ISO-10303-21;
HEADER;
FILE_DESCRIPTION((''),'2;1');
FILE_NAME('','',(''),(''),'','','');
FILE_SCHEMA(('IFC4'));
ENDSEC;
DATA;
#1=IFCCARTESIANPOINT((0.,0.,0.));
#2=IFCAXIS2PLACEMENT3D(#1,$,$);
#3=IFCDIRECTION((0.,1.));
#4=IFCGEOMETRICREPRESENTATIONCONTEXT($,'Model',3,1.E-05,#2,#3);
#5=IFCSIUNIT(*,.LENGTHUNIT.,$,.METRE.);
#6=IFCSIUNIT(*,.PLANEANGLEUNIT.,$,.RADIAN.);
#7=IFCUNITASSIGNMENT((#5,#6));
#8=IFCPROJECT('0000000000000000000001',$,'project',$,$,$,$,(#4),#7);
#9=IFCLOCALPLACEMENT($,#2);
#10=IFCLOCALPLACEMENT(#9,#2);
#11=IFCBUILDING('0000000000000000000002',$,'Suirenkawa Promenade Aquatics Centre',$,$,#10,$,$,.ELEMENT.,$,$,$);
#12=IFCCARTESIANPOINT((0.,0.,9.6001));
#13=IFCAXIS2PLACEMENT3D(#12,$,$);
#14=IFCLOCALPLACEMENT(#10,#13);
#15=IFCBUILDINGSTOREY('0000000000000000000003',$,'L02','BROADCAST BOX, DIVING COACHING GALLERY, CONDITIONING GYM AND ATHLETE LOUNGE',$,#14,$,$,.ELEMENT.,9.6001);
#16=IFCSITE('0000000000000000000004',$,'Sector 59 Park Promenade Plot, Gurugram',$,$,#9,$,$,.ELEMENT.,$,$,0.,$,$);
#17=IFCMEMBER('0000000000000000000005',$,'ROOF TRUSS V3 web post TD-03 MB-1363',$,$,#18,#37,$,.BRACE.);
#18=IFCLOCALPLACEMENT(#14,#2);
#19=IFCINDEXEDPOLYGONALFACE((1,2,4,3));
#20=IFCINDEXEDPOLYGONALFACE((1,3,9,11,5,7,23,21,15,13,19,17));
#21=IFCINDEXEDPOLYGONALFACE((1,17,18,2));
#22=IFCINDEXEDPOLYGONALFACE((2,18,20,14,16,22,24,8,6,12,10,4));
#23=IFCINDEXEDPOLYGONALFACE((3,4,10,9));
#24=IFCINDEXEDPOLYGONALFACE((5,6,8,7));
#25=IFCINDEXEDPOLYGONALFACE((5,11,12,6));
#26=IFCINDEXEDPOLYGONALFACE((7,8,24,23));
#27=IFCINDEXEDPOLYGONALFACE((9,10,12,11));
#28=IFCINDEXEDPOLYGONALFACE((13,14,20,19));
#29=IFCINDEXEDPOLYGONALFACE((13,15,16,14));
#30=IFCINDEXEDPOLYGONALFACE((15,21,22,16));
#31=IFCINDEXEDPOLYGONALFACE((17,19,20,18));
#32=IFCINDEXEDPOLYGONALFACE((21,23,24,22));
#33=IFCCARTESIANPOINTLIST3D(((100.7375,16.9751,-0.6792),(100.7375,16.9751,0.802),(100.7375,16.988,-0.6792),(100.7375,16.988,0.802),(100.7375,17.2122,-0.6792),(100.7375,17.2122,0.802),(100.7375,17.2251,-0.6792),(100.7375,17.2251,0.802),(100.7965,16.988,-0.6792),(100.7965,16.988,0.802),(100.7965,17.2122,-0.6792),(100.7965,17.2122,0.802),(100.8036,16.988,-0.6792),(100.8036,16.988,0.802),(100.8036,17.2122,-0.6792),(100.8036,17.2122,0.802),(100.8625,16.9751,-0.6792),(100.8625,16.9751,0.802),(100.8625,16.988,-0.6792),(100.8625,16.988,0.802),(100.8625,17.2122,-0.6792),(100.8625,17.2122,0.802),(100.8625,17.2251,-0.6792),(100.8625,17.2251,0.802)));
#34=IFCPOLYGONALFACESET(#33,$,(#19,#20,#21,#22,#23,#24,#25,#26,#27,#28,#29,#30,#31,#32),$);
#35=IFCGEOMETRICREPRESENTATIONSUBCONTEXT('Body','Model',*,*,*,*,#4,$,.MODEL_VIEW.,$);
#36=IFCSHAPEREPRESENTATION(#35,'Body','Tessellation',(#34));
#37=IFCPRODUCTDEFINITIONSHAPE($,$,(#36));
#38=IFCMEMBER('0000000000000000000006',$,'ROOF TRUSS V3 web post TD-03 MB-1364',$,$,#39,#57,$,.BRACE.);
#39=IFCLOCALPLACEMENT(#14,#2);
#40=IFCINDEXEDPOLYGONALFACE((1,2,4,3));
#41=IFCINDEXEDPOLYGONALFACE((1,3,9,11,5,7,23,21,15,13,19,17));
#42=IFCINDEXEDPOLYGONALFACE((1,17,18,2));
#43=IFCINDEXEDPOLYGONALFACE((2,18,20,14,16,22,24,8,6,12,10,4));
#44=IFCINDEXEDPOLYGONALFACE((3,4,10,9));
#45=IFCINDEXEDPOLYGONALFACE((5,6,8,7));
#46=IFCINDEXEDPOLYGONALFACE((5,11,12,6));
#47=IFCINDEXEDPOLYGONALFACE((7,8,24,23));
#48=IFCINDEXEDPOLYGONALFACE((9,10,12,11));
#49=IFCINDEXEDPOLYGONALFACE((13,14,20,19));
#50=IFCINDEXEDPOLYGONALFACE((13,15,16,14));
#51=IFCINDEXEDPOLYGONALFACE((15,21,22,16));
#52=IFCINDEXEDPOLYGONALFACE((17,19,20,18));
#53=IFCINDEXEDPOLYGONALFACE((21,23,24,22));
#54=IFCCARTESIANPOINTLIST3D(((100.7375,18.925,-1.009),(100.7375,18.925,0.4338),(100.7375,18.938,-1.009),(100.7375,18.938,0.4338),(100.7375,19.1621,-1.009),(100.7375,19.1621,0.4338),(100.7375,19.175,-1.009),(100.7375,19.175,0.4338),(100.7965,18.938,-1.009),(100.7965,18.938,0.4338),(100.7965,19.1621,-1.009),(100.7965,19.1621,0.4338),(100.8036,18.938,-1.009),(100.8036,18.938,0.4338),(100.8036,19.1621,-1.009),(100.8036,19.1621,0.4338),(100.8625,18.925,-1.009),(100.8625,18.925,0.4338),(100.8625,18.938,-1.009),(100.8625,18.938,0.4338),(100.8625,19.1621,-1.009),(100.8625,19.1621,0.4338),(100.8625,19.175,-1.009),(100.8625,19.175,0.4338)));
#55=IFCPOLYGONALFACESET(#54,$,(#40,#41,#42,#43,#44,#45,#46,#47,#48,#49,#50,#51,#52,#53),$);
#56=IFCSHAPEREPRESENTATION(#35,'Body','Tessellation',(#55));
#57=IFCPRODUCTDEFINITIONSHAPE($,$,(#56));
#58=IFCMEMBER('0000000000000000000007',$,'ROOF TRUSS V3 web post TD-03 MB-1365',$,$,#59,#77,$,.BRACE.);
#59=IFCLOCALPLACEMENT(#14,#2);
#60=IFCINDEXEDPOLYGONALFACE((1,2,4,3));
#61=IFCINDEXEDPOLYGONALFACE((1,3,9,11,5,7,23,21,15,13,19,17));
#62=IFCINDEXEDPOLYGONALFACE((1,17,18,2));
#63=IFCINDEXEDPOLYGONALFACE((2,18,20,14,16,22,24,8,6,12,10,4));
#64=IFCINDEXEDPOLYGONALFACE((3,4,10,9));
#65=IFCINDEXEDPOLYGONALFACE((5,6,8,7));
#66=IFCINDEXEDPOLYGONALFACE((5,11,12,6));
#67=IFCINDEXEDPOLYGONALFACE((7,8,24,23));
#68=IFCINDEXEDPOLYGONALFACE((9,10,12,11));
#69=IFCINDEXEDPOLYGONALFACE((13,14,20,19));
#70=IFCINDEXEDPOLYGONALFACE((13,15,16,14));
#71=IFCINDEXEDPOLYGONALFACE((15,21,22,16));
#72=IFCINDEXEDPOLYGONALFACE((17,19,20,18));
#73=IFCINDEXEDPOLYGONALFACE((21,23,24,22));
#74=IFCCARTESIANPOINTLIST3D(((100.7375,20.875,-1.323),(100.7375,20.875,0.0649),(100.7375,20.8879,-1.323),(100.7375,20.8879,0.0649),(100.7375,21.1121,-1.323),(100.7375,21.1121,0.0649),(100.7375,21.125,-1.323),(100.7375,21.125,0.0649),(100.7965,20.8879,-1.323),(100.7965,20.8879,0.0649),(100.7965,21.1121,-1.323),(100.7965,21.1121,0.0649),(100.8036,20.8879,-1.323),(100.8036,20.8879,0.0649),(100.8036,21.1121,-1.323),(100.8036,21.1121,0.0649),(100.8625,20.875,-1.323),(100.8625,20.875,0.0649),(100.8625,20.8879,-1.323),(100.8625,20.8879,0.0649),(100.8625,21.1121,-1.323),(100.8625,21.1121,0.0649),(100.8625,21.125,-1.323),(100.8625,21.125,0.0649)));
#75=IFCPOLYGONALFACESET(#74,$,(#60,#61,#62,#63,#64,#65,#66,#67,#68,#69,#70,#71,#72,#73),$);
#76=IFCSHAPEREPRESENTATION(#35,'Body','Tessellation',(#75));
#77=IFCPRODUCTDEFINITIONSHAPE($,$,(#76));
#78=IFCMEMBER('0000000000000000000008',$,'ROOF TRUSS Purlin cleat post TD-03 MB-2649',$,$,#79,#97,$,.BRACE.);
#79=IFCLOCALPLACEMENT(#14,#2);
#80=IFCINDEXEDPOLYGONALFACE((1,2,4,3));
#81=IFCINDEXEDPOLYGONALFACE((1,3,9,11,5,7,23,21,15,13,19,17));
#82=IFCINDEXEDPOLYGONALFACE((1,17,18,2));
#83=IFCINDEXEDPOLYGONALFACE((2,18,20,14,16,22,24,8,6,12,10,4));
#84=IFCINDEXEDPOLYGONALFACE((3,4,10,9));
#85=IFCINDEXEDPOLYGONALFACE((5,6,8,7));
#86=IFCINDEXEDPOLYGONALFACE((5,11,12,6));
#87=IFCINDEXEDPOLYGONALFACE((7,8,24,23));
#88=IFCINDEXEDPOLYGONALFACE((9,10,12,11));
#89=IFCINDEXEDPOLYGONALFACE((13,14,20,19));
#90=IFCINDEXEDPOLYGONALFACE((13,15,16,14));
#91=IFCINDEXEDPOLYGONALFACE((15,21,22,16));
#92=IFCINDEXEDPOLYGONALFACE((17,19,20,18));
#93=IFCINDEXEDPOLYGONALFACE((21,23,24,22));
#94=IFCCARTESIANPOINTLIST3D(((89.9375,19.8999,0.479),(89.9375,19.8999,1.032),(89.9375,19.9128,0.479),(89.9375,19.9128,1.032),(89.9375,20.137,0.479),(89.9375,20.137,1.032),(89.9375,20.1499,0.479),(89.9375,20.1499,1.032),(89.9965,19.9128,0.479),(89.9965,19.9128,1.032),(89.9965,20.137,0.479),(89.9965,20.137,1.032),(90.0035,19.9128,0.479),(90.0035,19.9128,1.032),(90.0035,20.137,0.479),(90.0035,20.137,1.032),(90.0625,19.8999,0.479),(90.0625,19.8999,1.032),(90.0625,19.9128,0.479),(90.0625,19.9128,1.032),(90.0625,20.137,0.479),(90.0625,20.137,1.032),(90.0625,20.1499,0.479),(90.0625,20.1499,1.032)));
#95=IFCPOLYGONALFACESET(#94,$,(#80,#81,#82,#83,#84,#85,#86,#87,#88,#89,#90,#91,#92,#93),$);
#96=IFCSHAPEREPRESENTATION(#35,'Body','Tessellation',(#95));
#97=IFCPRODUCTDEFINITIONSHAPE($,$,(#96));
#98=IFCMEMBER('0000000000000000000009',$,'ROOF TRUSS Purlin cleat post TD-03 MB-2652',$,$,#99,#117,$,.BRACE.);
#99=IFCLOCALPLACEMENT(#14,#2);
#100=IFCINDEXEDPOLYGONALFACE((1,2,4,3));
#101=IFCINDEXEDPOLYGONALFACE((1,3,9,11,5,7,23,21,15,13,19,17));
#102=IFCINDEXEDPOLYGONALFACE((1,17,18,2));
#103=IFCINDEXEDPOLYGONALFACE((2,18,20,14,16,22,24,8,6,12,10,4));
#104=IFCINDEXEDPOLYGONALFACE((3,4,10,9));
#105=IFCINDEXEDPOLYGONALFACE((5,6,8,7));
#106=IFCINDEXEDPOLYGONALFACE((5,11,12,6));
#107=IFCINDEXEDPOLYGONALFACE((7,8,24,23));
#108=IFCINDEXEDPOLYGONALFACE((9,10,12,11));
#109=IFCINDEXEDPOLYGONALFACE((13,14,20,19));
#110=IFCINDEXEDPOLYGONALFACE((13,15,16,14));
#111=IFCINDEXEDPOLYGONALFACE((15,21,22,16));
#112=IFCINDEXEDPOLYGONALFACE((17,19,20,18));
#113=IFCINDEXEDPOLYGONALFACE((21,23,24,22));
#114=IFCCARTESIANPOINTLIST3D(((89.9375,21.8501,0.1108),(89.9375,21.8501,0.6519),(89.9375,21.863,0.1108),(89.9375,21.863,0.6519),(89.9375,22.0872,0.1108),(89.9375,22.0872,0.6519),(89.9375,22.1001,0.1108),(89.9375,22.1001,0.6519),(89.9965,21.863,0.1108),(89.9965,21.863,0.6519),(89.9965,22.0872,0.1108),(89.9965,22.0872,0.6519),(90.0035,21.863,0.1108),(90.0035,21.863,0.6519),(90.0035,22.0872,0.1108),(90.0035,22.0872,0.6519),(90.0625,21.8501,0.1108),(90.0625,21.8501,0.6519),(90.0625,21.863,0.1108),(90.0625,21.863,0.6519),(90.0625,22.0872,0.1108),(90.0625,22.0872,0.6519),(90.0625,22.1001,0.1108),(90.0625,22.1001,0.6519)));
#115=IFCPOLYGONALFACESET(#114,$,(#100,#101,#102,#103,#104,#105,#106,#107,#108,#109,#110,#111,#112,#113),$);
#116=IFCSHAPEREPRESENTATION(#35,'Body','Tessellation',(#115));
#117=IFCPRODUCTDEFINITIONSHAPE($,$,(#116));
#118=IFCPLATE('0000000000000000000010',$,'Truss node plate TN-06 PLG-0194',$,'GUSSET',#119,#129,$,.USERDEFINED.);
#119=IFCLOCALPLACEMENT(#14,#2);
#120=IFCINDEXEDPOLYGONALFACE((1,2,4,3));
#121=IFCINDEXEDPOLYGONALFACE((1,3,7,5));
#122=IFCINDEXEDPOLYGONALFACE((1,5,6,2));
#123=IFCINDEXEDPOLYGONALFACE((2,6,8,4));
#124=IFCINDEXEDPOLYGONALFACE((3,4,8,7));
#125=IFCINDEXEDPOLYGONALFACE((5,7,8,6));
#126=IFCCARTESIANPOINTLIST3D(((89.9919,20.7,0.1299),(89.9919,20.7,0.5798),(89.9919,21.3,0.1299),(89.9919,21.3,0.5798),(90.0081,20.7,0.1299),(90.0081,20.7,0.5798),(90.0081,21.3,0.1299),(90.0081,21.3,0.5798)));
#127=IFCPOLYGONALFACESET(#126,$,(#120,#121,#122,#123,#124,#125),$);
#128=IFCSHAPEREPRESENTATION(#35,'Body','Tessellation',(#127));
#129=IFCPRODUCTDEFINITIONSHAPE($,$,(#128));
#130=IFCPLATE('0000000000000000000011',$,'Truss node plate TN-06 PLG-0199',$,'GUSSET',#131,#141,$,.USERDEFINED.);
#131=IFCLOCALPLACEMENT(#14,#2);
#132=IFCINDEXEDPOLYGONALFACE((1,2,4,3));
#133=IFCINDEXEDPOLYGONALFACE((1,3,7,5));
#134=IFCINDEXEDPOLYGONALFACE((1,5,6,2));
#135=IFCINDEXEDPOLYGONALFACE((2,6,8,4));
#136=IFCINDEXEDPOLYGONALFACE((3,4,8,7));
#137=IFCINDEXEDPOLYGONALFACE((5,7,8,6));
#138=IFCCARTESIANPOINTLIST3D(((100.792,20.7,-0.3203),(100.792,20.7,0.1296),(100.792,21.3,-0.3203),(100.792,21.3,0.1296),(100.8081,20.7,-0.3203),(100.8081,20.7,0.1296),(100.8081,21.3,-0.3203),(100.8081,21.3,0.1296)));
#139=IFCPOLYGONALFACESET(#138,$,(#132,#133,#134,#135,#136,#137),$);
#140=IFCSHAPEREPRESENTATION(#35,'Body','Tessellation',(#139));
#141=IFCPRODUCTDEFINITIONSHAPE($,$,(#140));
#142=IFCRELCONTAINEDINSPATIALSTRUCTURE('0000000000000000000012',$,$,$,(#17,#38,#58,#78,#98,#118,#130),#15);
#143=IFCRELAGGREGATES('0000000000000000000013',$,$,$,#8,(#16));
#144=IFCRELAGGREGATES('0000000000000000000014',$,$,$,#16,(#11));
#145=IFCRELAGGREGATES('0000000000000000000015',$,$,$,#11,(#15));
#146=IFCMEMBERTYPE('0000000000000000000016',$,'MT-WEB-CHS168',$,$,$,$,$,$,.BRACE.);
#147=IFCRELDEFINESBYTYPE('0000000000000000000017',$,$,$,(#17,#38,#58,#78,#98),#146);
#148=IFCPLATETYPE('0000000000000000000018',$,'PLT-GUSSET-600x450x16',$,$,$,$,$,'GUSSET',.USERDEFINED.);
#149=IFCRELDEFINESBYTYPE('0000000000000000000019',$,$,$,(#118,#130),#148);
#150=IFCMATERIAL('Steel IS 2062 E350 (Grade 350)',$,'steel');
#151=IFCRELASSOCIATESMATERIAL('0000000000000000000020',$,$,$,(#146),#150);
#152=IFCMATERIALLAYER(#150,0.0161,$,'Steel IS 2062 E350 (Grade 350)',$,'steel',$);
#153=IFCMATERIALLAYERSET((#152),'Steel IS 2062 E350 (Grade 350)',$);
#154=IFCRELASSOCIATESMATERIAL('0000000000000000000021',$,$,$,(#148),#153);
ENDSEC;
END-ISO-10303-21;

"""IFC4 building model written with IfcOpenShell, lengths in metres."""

from ifc_helpers import new_model, si_unit, direction, frame, origin, origin_2d, place, context, subcontext, project, spatial, rectangle, i_section, extrude, material, layer, layer_set, material_profile, profile_set, type_object, element, save


model = new_model("IFC4")

# Units and contexts
model_context = context("Model", 3, precision=1e-05, world=origin(), true_north=direction((0.0, 1.0)))
body_context = subcontext(model_context, "Body", "Model", "MODEL_VIEW")
ifc_project = project(units=[si_unit("LENGTHUNIT", "METRE"), si_unit("PLANEANGLEUNIT", "RADIAN")], contexts=[model_context])

# Site, building, storey
site_placement = place(None, origin())
site = spatial("IfcSite", under=ifc_project, at=site_placement, Name="Sector 59 Park Promenade Plot, Gurugram", CompositionType="ELEMENT", RefElevation=0.0)
building_placement = place(site_placement, origin())
building = spatial("IfcBuilding", under=site, at=building_placement, Name="Suirenkawa Promenade Aquatics Centre", CompositionType="ELEMENT")
storey_placement = place(building_placement, frame((0.0, 0.0, 9.6001)))
storey = spatial("IfcBuildingStorey", under=building, at=storey_placement, Name="L02", Description="BROADCAST BOX, DIVING COACHING GALLERY, CONDITIONING GYM AND ATHLETE LOUNGE", CompositionType="ELEMENT", Elevation=9.6001)

# Shared definitions
ifc_material = material(Name="Steel IS 2062 E350 (Grade 350)", Category="steel")

# Members
ifc_material_profile_1 = material_profile(ifc_material, i_section(OverallWidth=0.125, OverallDepth=0.25, WebThickness=0.0071, FlangeThickness=0.0129, at=origin_2d()), Name="ISMB 250", Category="steel")
ifc_profile_set_1 = profile_set([ifc_material_profile_1], Name="Steel IS 2062 E350 (Grade 350)")
member_type_1 = type_object("IfcMemberType", Name="MT-WEB-CHS168", PredefinedType="BRACE", material=ifc_profile_set_1)
member_1_placement = place(storey_placement, frame((100.8, 17.1001, -0.6792), z_axis=(0.0, 0.0, 1.0), x_axis=(1.0, 0.0, 0.0)))
element("IfcMember", 1, at=member_1_placement, inside=storey, type_object=member_type_1, Name="ROOF TRUSS V3 web post TD-03 MB-1363", PredefinedType="BRACE", context=body_context, shape_type="SweptSolid", body=[
    extrude(i_section(OverallWidth=0.125, OverallDepth=0.25, WebThickness=0.0071, FlangeThickness=0.0129, at=origin_2d()), origin(), (0.0, 0.0, 1.0), 1.4812),
])
member_2_placement = place(storey_placement, frame((100.8, 19.05, -1.009), z_axis=(0.0, 0.0, 1.0), x_axis=(1.0, 0.0, 0.0)))
element("IfcMember", 2, at=member_2_placement, inside=storey, type_object=member_type_1, Name="ROOF TRUSS V3 web post TD-03 MB-1364", PredefinedType="BRACE", context=body_context, shape_type="SweptSolid", body=[
    extrude(i_section(OverallWidth=0.125, OverallDepth=0.25, WebThickness=0.0071, FlangeThickness=0.0129, at=origin_2d()), origin(), (0.0, 0.0, 1.0), 1.4429),
])
member_3_placement = place(storey_placement, frame((100.8, 21.0, -1.323), z_axis=(0.0, 0.0, 1.0), x_axis=(1.0, 0.0, 0.0)))
element("IfcMember", 3, at=member_3_placement, inside=storey, type_object=member_type_1, Name="ROOF TRUSS V3 web post TD-03 MB-1365", PredefinedType="BRACE", context=body_context, shape_type="SweptSolid", body=[
    extrude(i_section(OverallWidth=0.125, OverallDepth=0.25, WebThickness=0.0071, FlangeThickness=0.0129, at=origin_2d()), origin(), (0.0, 0.0, 1.0), 1.3879),
])
member_4_placement = place(storey_placement, frame((90.0, 20.0249, 0.479), z_axis=(0.0, 0.0, 1.0), x_axis=(1.0, 0.0, 0.0)))
element("IfcMember", 4, at=member_4_placement, inside=storey, type_object=member_type_1, Name="ROOF TRUSS Purlin cleat post TD-03 MB-2649", PredefinedType="BRACE", context=body_context, shape_type="SweptSolid", body=[
    extrude(i_section(OverallWidth=0.125, OverallDepth=0.25, WebThickness=0.0071, FlangeThickness=0.0129, at=origin_2d()), origin(), (0.0, 0.0, 1.0), 0.553),
])
member_5_placement = place(storey_placement, frame((90.0, 21.9751, 0.1108), z_axis=(0.0, 0.0, 1.0), x_axis=(1.0, 0.0, 0.0)))
element("IfcMember", 5, at=member_5_placement, inside=storey, type_object=member_type_1, Name="ROOF TRUSS Purlin cleat post TD-03 MB-2652", PredefinedType="BRACE", context=body_context, shape_type="SweptSolid", body=[
    extrude(i_section(OverallWidth=0.125, OverallDepth=0.25, WebThickness=0.0071, FlangeThickness=0.0129, at=origin_2d()), origin(), (0.0, 0.0, 1.0), 0.541),
])

# Plates
ifc_layer = layer(ifc_material, 0.0161, Name="Steel IS 2062 E350 (Grade 350)", Category="steel")
ifc_layer_set = layer_set([ifc_layer], Name="Steel IS 2062 E350 (Grade 350)")
plate_type = type_object("IfcPlateType", Name="PLT-GUSSET-600x450x16", ElementType="GUSSET", PredefinedType="USERDEFINED", material=ifc_layer_set)
for number, where, z_axis, x_axis, name in (
    (6, (90.0, 21.0, 0.1299), (0.0, 0.0, 1.0), (0.0, 1.0, 0.0), "Truss node plate TN-06 PLG-0194"),
    (7, (100.8, 21.0, -0.3203), (0.0, 0.0, 1.0), (0.0, 1.0, 0.0), "Truss node plate TN-06 PLG-0199"),
):
    element("IfcPlate", number, at=place(storey_placement, frame(where, z_axis=z_axis, x_axis=x_axis)), inside=storey, type_object=plate_type, Name=name, ObjectType="GUSSET", PredefinedType="USERDEFINED", context=body_context, shape_type="SweptSolid", body=[
        extrude(rectangle(XDim=0.6001, YDim=0.0161, at=origin_2d()), origin(), (0.0, 0.0, 1.0), 0.45),
    ])

save(model, "model.ifc")
